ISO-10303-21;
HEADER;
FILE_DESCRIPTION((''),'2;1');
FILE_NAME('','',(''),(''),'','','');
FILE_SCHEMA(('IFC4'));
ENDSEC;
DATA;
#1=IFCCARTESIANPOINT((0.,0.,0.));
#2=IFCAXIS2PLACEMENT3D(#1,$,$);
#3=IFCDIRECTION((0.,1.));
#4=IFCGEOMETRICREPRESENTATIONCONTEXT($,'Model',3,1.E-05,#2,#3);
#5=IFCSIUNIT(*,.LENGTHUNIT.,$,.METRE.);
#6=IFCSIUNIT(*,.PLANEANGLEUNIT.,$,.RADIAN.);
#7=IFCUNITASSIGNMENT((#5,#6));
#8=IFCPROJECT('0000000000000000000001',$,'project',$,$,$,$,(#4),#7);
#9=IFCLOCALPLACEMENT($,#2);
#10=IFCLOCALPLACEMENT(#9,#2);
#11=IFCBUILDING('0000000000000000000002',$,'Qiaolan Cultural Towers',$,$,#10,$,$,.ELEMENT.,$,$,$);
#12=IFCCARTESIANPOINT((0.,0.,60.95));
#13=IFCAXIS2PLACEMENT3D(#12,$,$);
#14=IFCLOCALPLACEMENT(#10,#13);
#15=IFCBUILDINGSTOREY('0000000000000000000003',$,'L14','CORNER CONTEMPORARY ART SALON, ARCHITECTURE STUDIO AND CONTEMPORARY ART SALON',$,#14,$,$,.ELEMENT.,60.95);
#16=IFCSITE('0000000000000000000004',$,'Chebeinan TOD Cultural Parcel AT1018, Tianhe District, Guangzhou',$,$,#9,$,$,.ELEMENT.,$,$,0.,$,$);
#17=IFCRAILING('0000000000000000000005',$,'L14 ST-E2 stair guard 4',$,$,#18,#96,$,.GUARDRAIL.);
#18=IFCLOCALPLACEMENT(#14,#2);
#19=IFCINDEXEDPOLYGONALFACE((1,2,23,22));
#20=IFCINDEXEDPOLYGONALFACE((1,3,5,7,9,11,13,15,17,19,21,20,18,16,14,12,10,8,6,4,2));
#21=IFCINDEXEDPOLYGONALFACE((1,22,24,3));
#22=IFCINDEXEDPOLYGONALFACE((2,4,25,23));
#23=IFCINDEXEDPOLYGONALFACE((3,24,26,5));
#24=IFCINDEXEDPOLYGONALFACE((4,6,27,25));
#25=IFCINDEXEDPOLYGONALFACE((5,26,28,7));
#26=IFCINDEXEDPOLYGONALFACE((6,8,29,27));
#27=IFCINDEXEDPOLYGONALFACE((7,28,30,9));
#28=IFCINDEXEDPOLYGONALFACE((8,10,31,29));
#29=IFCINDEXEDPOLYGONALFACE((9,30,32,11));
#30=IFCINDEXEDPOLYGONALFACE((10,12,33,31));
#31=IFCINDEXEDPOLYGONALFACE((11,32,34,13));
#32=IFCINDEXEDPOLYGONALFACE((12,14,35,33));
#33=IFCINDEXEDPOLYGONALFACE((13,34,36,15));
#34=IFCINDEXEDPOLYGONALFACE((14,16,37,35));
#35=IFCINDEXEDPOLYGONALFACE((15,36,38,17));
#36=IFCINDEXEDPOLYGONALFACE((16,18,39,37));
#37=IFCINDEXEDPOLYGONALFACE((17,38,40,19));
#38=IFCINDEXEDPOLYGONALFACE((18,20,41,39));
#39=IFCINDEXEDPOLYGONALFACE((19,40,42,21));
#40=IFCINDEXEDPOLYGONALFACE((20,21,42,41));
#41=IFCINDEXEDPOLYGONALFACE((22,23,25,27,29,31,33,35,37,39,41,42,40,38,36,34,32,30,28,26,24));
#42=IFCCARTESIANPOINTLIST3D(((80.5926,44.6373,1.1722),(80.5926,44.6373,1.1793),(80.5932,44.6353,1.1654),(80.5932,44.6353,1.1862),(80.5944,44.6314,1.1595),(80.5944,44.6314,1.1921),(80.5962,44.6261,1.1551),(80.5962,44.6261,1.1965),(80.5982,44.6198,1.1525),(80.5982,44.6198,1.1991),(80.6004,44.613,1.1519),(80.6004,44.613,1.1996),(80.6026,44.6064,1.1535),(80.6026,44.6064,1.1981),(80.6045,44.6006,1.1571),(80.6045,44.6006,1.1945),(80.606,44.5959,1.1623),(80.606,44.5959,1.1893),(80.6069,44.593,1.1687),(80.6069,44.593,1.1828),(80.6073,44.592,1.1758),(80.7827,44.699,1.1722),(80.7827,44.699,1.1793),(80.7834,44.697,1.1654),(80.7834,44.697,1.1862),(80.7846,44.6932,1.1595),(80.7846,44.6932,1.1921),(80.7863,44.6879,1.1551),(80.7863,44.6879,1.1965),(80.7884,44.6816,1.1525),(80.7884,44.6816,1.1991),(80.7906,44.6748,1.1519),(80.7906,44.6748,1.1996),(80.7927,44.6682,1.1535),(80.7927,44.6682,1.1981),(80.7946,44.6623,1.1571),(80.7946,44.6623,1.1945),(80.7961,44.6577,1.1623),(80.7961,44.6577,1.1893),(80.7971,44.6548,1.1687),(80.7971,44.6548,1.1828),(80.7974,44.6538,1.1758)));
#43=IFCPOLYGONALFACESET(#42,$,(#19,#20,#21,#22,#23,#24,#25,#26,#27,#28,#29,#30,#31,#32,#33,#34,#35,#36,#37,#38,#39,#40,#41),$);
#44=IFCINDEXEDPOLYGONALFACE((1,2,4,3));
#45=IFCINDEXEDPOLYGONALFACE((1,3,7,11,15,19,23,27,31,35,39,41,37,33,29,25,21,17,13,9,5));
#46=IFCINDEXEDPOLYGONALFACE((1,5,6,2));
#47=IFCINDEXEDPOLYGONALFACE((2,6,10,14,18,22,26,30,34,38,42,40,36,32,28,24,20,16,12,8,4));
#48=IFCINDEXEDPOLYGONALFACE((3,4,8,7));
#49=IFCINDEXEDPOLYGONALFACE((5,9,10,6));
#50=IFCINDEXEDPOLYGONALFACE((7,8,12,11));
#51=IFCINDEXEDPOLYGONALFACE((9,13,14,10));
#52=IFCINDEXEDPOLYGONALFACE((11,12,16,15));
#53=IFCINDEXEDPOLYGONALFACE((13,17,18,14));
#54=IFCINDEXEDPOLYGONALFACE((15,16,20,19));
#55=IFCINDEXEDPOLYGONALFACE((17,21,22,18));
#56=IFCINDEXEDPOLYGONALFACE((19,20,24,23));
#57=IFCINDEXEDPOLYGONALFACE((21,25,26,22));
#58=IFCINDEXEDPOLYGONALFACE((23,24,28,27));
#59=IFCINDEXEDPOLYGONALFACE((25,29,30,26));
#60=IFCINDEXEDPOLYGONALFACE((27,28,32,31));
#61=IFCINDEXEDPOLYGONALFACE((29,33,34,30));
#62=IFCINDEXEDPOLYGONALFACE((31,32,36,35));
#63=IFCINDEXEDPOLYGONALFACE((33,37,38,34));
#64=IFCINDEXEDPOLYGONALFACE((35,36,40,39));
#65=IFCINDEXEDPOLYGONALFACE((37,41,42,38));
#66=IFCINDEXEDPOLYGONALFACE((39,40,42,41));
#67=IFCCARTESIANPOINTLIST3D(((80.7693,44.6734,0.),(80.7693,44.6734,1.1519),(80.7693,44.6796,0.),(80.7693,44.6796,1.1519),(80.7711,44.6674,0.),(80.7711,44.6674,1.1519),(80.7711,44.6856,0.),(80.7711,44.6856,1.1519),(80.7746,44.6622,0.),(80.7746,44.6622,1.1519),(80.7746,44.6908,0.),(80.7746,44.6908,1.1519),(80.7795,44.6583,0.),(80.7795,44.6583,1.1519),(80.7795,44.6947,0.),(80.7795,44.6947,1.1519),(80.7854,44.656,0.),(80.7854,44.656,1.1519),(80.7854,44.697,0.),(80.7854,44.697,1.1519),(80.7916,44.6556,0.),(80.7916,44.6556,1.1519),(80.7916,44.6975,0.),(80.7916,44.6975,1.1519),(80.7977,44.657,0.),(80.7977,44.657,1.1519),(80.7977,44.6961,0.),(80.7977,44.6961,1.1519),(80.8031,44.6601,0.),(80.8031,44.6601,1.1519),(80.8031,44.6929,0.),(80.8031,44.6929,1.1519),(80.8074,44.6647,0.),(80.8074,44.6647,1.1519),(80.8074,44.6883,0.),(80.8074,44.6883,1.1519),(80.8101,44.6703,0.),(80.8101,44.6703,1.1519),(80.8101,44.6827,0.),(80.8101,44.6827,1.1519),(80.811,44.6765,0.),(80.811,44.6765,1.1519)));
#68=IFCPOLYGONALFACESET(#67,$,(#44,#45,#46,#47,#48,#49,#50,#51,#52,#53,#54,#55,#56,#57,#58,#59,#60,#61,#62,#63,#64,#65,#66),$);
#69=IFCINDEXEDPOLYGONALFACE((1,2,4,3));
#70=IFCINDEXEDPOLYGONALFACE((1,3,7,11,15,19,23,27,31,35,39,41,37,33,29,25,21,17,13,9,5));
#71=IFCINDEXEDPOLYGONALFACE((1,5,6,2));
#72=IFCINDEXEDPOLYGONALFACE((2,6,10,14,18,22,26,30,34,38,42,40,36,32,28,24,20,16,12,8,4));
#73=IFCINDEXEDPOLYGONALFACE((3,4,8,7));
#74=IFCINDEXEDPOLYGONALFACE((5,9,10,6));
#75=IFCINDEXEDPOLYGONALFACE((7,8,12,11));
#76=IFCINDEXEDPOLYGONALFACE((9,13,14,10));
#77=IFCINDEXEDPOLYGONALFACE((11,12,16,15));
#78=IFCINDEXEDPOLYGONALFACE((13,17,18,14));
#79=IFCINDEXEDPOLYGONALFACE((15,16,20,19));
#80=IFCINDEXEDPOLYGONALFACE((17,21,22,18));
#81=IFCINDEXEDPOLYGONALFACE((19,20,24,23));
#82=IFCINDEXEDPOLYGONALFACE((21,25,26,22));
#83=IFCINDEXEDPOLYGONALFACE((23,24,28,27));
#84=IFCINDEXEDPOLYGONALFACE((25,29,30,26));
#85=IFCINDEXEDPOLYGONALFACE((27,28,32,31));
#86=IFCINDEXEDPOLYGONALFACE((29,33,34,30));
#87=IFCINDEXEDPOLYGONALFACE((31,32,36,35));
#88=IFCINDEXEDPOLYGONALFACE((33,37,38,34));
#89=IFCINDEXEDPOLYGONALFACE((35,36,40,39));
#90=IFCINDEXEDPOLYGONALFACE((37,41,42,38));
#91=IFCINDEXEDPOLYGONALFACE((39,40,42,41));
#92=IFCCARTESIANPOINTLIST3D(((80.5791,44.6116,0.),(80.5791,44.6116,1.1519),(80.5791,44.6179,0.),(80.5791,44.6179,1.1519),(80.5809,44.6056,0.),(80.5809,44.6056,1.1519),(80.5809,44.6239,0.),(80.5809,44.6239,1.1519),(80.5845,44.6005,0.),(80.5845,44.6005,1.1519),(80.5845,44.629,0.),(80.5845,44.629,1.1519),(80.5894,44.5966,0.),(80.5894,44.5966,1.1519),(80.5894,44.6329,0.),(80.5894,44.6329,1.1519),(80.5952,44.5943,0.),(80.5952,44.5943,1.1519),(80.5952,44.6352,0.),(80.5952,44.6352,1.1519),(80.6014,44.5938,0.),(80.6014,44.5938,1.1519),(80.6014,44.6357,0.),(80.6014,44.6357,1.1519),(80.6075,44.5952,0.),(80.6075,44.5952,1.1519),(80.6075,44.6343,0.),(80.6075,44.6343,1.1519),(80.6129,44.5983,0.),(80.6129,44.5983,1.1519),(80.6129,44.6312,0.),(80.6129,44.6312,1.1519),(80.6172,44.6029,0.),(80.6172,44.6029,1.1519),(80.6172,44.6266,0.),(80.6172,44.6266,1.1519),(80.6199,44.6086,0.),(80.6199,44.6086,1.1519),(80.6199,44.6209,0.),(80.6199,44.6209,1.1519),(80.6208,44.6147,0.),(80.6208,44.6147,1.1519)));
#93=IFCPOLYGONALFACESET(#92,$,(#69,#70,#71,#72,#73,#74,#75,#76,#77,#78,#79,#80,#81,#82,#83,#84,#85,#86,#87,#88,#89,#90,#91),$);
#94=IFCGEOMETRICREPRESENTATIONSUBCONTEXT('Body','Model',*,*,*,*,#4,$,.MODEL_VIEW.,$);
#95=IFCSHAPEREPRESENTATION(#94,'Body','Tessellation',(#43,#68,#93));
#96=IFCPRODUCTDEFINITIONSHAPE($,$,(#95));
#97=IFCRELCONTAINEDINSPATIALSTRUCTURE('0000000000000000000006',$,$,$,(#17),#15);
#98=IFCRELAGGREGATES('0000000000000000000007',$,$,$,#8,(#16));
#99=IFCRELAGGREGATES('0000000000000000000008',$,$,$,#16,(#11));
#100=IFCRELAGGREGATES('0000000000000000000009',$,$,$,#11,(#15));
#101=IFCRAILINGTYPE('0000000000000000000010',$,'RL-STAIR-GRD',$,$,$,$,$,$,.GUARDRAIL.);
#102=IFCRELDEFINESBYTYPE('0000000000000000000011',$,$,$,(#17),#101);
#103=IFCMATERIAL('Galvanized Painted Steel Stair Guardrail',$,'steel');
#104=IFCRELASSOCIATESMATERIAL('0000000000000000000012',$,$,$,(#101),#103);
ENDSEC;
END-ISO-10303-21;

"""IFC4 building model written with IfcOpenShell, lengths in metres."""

from ifc_helpers import new_model, si_unit, direction, frame, origin, origin_2d, place, context, subcontext, project, spatial, circle, extrude, material, type_object, element, save


model = new_model("IFC4")

# Units and contexts
model_context = context("Model", 3, precision=1e-05, world=origin(), true_north=direction((0.0, 1.0)))
body_context = subcontext(model_context, "Body", "Model", "MODEL_VIEW")
ifc_project = project(units=[si_unit("LENGTHUNIT", "METRE"), si_unit("PLANEANGLEUNIT", "RADIAN")], contexts=[model_context])

# Site, building, storey
site_placement = place(None, origin())
site = spatial("IfcSite", under=ifc_project, at=site_placement, Name="Chebeinan TOD Cultural Parcel AT1018, Tianhe District, Guangzhou", CompositionType="ELEMENT", RefElevation=0.0)
building_placement = place(site_placement, origin())
building = spatial("IfcBuilding", under=site, at=building_placement, Name="Qiaolan Cultural Towers", CompositionType="ELEMENT")
storey_placement = place(building_placement, frame((0.0, 0.0, 60.95)))
storey = spatial("IfcBuildingStorey", under=building, at=storey_placement, Name="L14", Description="CORNER CONTEMPORARY ART SALON, ARCHITECTURE STUDIO AND CONTEMPORARY ART SALON", CompositionType="ELEMENT", Elevation=60.95)

# Railing
ifc_material_1 = material(Name="Galvanized Painted Steel Stair Guardrail", Category="steel")
railing_type_1 = type_object("IfcRailingType", Name="RL-STAIR-GRD", PredefinedType="GUARDRAIL", material=ifc_material_1)
railing_1_placement = place(storey_placement, frame((80.79, 44.6765, 0.0)))
element("IfcRailing", 1, at=railing_1_placement, inside=storey, type_object=railing_type_1, Name="L14 ST-E2 stair guard 4", PredefinedType="GUARDRAIL", context=body_context, shape_type="SweptSolid", body=[
    extrude(circle(Radius=0.0239, at=origin_2d()), frame((0.0, 0.0, 1.1758), z_axis=(-0.951097, -0.308893, 0.0), x_axis=(0.308893, -0.951097, 0.0)), (0.0, 0.0, 1.0), 0.2),
    extrude(circle(Radius=0.021, at=origin_2d()), origin(), (0.0, 0.0, 1.0), 1.1519),
    extrude(circle(Radius=0.021, at=origin_2d()), frame((-0.1902, -0.0618, 0.0)), (0.0, 0.0, 1.0), 1.1519),
])

save(model, "model.ifc")
